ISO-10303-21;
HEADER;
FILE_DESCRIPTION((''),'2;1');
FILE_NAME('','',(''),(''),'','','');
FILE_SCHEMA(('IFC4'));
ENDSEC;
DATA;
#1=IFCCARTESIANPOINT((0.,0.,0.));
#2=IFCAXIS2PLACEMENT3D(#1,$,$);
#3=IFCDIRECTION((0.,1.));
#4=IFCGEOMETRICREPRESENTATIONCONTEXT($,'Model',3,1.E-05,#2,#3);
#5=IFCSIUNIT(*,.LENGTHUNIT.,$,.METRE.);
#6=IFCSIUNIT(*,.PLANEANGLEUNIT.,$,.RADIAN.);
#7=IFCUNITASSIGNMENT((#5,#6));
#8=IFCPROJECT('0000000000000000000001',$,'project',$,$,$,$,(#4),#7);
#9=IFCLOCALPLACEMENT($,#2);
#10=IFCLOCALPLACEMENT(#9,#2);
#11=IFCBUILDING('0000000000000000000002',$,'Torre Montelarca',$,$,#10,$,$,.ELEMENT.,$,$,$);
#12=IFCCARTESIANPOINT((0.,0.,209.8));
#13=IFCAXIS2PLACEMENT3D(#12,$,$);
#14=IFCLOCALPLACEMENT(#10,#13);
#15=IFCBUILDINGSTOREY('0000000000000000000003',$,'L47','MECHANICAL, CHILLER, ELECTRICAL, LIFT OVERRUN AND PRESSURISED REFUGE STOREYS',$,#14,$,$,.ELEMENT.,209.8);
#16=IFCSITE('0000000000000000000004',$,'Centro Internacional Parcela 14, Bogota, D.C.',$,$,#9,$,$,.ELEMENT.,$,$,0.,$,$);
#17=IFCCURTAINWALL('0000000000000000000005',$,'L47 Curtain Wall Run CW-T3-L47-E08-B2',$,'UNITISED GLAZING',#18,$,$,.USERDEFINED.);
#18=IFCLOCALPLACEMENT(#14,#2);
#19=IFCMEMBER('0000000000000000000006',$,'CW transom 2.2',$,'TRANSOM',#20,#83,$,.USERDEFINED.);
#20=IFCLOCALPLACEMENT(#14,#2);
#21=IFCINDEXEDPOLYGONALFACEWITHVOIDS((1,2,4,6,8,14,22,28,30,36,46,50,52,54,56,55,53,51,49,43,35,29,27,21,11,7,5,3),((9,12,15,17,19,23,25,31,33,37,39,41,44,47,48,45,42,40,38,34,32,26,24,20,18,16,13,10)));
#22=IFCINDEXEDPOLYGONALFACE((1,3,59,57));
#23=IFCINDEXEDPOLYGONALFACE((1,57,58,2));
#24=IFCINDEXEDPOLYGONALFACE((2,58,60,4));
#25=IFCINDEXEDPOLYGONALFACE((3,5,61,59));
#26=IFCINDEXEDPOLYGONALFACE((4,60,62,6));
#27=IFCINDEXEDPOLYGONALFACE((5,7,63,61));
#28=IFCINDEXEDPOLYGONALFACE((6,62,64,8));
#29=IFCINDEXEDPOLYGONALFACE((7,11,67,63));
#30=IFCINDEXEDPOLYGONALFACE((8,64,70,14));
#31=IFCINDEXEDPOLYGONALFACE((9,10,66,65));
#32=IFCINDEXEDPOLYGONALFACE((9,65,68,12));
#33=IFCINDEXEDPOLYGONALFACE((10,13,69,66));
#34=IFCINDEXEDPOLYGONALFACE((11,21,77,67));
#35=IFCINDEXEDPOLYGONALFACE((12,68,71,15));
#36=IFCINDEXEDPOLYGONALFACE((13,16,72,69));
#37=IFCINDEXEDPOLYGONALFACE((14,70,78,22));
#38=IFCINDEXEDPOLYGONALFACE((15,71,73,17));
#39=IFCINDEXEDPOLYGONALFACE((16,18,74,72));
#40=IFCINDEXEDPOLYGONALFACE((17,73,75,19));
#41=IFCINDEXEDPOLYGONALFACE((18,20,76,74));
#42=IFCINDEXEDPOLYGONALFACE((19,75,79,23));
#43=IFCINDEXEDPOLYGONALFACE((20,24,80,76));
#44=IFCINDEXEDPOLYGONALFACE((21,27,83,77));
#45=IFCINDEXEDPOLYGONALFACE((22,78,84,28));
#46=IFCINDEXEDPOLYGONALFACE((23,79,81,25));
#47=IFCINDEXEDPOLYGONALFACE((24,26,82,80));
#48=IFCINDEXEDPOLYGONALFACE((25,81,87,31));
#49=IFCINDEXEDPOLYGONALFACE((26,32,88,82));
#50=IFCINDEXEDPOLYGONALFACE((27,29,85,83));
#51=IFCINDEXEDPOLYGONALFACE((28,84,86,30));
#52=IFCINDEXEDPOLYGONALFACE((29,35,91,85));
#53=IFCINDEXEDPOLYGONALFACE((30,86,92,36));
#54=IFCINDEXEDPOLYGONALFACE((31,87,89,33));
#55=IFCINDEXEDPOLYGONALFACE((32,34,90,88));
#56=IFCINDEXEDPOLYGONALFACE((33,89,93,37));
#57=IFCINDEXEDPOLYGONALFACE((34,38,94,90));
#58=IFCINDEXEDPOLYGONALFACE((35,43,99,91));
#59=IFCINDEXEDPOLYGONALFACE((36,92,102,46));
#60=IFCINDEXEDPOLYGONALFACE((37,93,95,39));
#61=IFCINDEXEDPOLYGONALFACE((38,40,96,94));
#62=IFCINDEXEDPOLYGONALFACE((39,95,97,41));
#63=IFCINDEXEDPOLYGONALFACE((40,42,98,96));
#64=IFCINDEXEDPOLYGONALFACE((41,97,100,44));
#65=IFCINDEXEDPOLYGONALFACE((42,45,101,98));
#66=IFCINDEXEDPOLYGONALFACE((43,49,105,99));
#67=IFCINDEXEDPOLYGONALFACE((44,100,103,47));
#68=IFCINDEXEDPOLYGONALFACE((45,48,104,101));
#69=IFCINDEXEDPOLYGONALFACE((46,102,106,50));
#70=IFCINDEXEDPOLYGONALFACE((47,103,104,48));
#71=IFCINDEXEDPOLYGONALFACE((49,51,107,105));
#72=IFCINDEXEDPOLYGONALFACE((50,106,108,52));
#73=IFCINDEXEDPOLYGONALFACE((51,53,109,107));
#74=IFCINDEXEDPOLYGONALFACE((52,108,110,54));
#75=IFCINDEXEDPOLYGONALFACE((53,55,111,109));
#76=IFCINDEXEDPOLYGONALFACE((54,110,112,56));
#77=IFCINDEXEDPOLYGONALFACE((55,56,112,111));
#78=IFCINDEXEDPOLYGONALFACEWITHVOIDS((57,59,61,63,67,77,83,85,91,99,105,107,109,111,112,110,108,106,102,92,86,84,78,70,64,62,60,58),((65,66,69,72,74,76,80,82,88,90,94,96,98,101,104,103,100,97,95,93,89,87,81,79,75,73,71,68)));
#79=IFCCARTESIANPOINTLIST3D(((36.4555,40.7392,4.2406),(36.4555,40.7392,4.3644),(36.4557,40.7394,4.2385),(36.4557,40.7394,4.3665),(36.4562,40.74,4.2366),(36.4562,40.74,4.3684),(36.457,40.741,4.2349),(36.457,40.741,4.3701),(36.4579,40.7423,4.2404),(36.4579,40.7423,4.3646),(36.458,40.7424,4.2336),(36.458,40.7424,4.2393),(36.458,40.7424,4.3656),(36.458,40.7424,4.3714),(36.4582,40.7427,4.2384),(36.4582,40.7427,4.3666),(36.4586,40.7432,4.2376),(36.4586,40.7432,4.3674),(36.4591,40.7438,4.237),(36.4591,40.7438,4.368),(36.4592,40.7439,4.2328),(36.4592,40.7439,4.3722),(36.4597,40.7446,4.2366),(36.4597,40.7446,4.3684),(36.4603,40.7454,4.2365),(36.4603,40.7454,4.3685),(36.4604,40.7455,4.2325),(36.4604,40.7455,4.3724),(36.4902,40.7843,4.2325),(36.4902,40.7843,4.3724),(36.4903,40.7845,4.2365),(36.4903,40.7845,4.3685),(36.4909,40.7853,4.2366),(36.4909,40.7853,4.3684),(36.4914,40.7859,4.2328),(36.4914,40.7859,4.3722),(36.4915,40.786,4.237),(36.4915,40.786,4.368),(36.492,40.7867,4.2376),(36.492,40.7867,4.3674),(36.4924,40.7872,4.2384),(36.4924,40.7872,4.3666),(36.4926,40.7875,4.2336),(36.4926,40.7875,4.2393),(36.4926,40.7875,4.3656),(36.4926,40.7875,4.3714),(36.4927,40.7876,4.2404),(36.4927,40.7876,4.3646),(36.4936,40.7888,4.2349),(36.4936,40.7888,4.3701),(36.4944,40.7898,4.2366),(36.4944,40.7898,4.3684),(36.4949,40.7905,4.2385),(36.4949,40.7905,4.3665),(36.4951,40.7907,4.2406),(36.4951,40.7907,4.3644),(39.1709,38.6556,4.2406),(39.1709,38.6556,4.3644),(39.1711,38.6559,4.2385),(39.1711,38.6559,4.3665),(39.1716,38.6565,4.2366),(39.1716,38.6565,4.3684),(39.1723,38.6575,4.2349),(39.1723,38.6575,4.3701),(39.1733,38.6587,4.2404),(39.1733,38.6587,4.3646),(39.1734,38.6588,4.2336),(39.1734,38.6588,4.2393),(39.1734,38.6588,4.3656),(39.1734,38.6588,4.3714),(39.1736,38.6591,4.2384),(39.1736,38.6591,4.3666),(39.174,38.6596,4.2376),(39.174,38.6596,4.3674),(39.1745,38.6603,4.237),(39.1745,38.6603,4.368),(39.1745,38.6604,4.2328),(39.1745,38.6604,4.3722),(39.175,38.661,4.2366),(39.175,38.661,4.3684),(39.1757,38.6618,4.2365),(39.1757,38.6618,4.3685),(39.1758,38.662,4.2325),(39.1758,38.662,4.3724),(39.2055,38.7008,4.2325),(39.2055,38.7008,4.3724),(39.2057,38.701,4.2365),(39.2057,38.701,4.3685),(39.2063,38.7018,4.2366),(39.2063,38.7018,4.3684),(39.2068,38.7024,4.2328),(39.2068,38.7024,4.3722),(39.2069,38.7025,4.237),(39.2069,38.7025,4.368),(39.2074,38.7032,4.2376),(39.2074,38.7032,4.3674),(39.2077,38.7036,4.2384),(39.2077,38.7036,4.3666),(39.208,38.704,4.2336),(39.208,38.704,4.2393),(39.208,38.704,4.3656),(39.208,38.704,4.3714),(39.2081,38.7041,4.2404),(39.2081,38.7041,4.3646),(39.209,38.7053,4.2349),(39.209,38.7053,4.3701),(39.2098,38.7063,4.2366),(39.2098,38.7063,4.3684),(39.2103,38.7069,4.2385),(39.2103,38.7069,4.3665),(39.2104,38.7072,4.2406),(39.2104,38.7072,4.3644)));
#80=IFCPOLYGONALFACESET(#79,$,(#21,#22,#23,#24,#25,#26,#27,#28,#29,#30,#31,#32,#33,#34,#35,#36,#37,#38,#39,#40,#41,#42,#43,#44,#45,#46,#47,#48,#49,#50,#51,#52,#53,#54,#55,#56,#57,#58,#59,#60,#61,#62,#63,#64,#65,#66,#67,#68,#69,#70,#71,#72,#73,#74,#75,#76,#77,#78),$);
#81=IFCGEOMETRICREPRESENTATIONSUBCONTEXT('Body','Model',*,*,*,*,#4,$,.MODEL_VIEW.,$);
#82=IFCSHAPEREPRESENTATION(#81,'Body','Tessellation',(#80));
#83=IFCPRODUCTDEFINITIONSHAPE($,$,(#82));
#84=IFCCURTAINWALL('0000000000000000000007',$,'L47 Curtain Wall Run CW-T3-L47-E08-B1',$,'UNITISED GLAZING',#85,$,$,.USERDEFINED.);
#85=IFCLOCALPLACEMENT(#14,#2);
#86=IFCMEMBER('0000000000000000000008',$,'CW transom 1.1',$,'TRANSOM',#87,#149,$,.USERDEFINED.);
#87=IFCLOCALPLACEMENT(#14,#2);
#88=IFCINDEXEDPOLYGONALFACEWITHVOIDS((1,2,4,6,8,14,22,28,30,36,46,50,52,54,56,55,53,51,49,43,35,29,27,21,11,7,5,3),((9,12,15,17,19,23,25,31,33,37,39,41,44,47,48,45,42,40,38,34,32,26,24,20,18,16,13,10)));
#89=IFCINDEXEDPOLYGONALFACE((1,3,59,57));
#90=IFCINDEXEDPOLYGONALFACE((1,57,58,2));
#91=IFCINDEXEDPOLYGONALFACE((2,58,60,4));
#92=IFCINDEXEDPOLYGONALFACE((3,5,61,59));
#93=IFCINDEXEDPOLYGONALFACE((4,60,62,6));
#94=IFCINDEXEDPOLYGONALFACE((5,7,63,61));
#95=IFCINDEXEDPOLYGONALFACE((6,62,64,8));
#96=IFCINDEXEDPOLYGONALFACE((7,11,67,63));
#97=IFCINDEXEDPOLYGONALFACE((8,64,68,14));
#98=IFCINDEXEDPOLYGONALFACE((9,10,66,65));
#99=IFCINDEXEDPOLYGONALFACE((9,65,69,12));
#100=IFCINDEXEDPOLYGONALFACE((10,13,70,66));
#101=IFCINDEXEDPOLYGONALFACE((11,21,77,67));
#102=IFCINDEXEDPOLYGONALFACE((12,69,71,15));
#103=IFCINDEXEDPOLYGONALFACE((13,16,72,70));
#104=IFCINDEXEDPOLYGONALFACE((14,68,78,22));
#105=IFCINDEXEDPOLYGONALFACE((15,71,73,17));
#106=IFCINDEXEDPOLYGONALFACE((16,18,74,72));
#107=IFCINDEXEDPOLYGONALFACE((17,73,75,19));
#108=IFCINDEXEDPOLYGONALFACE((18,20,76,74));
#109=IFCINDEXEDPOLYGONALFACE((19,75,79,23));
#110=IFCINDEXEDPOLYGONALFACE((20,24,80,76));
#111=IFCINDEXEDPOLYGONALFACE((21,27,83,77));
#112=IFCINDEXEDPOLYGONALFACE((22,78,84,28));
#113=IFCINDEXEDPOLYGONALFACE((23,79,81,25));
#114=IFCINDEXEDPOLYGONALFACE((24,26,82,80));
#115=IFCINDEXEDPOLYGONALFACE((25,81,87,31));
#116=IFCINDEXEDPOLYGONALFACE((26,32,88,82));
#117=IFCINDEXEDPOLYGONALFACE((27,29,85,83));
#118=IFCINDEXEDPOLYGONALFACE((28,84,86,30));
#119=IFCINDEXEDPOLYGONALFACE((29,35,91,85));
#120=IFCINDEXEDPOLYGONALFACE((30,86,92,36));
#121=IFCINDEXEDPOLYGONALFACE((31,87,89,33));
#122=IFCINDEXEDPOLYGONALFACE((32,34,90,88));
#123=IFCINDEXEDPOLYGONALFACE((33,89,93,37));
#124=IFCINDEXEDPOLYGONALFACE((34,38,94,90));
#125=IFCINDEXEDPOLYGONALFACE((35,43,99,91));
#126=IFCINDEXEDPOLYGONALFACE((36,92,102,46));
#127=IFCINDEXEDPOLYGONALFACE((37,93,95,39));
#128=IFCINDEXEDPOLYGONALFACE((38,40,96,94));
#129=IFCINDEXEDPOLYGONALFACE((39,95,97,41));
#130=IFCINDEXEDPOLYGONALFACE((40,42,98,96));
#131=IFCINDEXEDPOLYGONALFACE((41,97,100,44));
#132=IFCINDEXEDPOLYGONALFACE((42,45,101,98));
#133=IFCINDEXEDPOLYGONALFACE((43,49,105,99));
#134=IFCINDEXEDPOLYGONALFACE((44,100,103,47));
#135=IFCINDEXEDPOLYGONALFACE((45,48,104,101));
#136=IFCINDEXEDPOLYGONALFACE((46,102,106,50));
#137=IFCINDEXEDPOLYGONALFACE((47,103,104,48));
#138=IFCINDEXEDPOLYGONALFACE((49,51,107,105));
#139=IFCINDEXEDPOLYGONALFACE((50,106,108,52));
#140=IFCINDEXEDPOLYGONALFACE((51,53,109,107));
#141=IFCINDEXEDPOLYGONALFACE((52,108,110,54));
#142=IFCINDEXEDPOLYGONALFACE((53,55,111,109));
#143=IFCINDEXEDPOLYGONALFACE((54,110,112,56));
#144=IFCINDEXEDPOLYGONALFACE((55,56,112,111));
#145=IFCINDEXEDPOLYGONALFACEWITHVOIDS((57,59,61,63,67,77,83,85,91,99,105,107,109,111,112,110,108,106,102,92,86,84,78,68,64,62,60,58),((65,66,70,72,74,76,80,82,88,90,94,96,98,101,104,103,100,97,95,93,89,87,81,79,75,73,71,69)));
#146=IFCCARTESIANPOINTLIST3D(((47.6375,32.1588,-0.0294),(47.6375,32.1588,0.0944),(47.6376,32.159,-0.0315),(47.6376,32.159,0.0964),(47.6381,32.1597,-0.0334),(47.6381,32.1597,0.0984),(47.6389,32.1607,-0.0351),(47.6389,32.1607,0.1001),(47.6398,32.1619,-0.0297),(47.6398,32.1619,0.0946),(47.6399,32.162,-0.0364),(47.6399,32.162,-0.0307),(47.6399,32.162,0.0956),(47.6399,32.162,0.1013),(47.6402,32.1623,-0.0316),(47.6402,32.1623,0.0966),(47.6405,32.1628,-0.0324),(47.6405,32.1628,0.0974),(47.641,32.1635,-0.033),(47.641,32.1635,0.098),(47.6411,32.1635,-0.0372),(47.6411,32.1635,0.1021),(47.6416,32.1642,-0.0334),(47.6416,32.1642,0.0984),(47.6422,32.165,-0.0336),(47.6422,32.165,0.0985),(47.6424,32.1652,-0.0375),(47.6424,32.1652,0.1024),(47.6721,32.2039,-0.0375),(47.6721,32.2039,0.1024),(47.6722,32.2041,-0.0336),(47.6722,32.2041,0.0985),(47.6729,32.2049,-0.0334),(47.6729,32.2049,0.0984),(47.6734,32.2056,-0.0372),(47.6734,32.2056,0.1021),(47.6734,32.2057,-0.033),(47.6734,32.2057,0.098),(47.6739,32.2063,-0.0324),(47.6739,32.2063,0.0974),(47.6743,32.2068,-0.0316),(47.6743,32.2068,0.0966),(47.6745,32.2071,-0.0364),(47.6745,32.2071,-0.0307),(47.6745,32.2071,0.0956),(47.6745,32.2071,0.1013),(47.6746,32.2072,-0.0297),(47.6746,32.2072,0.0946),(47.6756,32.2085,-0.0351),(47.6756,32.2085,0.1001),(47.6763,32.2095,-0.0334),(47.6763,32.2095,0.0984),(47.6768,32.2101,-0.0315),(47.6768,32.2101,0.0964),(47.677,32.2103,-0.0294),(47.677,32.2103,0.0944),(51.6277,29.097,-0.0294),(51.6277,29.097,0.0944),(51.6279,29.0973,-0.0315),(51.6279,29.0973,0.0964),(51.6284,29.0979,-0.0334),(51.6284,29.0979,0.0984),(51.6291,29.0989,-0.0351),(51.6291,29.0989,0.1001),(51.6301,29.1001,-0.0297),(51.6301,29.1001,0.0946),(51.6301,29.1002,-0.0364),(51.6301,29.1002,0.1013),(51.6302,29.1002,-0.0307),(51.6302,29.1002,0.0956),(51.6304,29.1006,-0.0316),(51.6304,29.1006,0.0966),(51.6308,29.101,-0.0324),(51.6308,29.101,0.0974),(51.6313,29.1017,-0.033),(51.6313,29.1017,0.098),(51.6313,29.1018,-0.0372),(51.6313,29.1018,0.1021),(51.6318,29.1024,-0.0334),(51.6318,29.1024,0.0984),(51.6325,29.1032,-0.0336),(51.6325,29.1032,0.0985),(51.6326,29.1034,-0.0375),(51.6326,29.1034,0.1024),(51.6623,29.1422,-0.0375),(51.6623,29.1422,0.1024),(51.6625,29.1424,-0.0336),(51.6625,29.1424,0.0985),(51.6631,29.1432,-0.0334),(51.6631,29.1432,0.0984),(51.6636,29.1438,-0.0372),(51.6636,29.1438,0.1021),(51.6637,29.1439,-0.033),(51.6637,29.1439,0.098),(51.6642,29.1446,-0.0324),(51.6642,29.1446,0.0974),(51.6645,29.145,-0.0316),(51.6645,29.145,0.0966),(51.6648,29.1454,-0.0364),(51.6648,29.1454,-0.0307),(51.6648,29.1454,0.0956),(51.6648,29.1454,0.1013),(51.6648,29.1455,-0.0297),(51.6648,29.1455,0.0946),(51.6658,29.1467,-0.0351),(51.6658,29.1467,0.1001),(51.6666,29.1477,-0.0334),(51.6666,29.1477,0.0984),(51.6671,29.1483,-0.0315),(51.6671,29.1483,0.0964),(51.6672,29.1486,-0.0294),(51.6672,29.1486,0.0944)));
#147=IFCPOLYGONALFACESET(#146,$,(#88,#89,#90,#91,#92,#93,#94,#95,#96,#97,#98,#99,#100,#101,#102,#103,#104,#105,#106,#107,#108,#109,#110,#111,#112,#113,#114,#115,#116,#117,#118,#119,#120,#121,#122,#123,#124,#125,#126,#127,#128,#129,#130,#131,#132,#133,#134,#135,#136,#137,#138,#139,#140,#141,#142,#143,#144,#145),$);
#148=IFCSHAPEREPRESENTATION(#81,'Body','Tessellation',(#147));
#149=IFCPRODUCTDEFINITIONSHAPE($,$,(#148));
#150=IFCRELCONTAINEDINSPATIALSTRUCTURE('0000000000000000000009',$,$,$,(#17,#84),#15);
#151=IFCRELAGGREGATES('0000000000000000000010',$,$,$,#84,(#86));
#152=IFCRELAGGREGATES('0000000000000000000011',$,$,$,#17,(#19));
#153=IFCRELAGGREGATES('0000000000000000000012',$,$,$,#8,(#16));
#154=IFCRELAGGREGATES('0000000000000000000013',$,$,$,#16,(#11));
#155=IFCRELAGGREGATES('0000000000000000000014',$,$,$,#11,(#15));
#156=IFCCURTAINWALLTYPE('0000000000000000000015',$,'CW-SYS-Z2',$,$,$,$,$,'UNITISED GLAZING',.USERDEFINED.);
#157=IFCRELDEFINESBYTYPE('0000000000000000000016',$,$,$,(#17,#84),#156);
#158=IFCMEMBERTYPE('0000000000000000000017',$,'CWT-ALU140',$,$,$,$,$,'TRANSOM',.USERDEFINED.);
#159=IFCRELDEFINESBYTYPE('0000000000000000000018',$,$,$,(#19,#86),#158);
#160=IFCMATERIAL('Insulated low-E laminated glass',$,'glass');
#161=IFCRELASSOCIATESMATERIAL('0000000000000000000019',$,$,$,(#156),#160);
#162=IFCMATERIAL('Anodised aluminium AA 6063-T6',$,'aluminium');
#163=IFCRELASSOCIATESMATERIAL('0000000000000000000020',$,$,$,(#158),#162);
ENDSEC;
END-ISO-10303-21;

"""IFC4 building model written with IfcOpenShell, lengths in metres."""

from ifc_helpers import new_model, si_unit, direction, frame, origin, origin_2d, place, context, subcontext, project, spatial, hollow_rectangle, extrude, source, transform, mapped, material, material_profile, profile_set, type_object, element, aggregate, save


model = new_model("IFC4")

# Units and contexts
model_context = context("Model", 3, precision=1e-05, world=origin(), true_north=direction((0.0, 1.0)))
body_context = subcontext(model_context, "Body", "Model", "MODEL_VIEW")
ifc_project = project(units=[si_unit("LENGTHUNIT", "METRE"), si_unit("PLANEANGLEUNIT", "RADIAN")], contexts=[model_context])

# Site, building, storey
site_placement = place(None, origin())
site = spatial("IfcSite", under=ifc_project, at=site_placement, Name="Centro Internacional Parcela 14, Bogota, D.C.", CompositionType="ELEMENT", RefElevation=0.0)
building_placement = place(site_placement, origin())
building = spatial("IfcBuilding", under=site, at=building_placement, Name="Torre Montelarca", CompositionType="ELEMENT")
storey_placement = place(building_placement, frame((0.0, 0.0, 209.8)))
storey = spatial("IfcBuildingStorey", under=building, at=storey_placement, Name="L47", Description="MECHANICAL, CHILLER, ELECTRICAL, LIFT OVERRUN AND PRESSURISED REFUGE STOREYS", CompositionType="ELEMENT", Elevation=209.8)

# Curtain walls, members
ifc_material_1 = material(Name="Insulated low-E laminated glass", Category="glass")
curtain_wall_type = type_object("IfcCurtainWallType", Name="CW-SYS-Z2", ElementType="UNITISED GLAZING", PredefinedType="USERDEFINED", material=ifc_material_1)
ifc_material_2 = material(Name="Anodised aluminium AA 6063-T6", Category="aluminium")
ifc_material_profile_1 = material_profile(ifc_material_2, hollow_rectangle(XDim=0.0649, YDim=0.1399, WallThickness=0.0039, InnerFilletRadius=0.0039, OuterFilletRadius=0.0081, at=origin_2d()), Name="ALU65X140X4", Category="aluminium")
ifc_profile_set_1 = profile_set([ifc_material_profile_1], Name="Anodised aluminium AA 6063-T6")
member_type_1 = type_object("IfcMemberType", Name="CWT-ALU140", ElementType="TRANSOM", PredefinedType="USERDEFINED", material=ifc_profile_set_1)
curtain_wall_1_placement = place(storey_placement, origin())
curtain_wall_1 = element("IfcCurtainWall", 1, at=curtain_wall_1_placement, inside=storey, type_object=curtain_wall_type, Name="L47 Curtain Wall Run CW-T3-L47-E08-B2", ObjectType="UNITISED GLAZING", PredefinedType="USERDEFINED")
shared_shape_1 = source(origin(), body_context, "Body", "SweptSolid", [
    extrude(hollow_rectangle(XDim=0.0649, YDim=0.1399, WallThickness=0.0039, InnerFilletRadius=0.0039, OuterFilletRadius=0.0081, at=origin_2d()), origin(), (0.0, 0.0, 1.0), 3.4226),
])
member_1_placement = place(storey_placement, frame((39.1907, 38.6814, 4.3025), z_axis=(-0.793361, 0.608752, 0.0), x_axis=(-0.608752, -0.793361, 0.0)))
member_1 = element("IfcMember", 2, at=member_1_placement, type_object=member_type_1, Name="CW transom 2.2", ObjectType="TRANSOM", PredefinedType="USERDEFINED", context=body_context, shape_type="MappedRepresentation", body=[
    mapped(shared_shape_1, transform((0.0, 0.0, 0.0), scale=1.0)),
])
curtain_wall_2_placement = place(storey_placement, origin())
curtain_wall_2 = element("IfcCurtainWall", 3, at=curtain_wall_2_placement, inside=storey, type_object=curtain_wall_type, Name="L47 Curtain Wall Run CW-T3-L47-E08-B1", ObjectType="UNITISED GLAZING", PredefinedType="USERDEFINED")
shared_shape_2 = source(origin(), body_context, "Body", "SweptSolid", [
    extrude(hollow_rectangle(XDim=0.0649, YDim=0.1399, WallThickness=0.0039, InnerFilletRadius=0.0039, OuterFilletRadius=0.0081, at=origin_2d()), origin(), (0.0, 0.0, 1.0), 5.0295),
])
member_2_placement = place(storey_placement, frame((51.6475, 29.1228, 0.0325), z_axis=(-0.793358, 0.608756, 0.0), x_axis=(-0.608756, -0.793358, 0.0)))
member_2 = element("IfcMember", 4, at=member_2_placement, type_object=member_type_1, Name="CW transom 1.1", ObjectType="TRANSOM", PredefinedType="USERDEFINED", context=body_context, shape_type="MappedRepresentation", body=[
    mapped(shared_shape_2, transform((0.0, 0.0, 0.0), scale=1.0)),
])

aggregate(curtain_wall_2, [member_2])
aggregate(curtain_wall_1, [member_1])

save(model, "model.ifc")
